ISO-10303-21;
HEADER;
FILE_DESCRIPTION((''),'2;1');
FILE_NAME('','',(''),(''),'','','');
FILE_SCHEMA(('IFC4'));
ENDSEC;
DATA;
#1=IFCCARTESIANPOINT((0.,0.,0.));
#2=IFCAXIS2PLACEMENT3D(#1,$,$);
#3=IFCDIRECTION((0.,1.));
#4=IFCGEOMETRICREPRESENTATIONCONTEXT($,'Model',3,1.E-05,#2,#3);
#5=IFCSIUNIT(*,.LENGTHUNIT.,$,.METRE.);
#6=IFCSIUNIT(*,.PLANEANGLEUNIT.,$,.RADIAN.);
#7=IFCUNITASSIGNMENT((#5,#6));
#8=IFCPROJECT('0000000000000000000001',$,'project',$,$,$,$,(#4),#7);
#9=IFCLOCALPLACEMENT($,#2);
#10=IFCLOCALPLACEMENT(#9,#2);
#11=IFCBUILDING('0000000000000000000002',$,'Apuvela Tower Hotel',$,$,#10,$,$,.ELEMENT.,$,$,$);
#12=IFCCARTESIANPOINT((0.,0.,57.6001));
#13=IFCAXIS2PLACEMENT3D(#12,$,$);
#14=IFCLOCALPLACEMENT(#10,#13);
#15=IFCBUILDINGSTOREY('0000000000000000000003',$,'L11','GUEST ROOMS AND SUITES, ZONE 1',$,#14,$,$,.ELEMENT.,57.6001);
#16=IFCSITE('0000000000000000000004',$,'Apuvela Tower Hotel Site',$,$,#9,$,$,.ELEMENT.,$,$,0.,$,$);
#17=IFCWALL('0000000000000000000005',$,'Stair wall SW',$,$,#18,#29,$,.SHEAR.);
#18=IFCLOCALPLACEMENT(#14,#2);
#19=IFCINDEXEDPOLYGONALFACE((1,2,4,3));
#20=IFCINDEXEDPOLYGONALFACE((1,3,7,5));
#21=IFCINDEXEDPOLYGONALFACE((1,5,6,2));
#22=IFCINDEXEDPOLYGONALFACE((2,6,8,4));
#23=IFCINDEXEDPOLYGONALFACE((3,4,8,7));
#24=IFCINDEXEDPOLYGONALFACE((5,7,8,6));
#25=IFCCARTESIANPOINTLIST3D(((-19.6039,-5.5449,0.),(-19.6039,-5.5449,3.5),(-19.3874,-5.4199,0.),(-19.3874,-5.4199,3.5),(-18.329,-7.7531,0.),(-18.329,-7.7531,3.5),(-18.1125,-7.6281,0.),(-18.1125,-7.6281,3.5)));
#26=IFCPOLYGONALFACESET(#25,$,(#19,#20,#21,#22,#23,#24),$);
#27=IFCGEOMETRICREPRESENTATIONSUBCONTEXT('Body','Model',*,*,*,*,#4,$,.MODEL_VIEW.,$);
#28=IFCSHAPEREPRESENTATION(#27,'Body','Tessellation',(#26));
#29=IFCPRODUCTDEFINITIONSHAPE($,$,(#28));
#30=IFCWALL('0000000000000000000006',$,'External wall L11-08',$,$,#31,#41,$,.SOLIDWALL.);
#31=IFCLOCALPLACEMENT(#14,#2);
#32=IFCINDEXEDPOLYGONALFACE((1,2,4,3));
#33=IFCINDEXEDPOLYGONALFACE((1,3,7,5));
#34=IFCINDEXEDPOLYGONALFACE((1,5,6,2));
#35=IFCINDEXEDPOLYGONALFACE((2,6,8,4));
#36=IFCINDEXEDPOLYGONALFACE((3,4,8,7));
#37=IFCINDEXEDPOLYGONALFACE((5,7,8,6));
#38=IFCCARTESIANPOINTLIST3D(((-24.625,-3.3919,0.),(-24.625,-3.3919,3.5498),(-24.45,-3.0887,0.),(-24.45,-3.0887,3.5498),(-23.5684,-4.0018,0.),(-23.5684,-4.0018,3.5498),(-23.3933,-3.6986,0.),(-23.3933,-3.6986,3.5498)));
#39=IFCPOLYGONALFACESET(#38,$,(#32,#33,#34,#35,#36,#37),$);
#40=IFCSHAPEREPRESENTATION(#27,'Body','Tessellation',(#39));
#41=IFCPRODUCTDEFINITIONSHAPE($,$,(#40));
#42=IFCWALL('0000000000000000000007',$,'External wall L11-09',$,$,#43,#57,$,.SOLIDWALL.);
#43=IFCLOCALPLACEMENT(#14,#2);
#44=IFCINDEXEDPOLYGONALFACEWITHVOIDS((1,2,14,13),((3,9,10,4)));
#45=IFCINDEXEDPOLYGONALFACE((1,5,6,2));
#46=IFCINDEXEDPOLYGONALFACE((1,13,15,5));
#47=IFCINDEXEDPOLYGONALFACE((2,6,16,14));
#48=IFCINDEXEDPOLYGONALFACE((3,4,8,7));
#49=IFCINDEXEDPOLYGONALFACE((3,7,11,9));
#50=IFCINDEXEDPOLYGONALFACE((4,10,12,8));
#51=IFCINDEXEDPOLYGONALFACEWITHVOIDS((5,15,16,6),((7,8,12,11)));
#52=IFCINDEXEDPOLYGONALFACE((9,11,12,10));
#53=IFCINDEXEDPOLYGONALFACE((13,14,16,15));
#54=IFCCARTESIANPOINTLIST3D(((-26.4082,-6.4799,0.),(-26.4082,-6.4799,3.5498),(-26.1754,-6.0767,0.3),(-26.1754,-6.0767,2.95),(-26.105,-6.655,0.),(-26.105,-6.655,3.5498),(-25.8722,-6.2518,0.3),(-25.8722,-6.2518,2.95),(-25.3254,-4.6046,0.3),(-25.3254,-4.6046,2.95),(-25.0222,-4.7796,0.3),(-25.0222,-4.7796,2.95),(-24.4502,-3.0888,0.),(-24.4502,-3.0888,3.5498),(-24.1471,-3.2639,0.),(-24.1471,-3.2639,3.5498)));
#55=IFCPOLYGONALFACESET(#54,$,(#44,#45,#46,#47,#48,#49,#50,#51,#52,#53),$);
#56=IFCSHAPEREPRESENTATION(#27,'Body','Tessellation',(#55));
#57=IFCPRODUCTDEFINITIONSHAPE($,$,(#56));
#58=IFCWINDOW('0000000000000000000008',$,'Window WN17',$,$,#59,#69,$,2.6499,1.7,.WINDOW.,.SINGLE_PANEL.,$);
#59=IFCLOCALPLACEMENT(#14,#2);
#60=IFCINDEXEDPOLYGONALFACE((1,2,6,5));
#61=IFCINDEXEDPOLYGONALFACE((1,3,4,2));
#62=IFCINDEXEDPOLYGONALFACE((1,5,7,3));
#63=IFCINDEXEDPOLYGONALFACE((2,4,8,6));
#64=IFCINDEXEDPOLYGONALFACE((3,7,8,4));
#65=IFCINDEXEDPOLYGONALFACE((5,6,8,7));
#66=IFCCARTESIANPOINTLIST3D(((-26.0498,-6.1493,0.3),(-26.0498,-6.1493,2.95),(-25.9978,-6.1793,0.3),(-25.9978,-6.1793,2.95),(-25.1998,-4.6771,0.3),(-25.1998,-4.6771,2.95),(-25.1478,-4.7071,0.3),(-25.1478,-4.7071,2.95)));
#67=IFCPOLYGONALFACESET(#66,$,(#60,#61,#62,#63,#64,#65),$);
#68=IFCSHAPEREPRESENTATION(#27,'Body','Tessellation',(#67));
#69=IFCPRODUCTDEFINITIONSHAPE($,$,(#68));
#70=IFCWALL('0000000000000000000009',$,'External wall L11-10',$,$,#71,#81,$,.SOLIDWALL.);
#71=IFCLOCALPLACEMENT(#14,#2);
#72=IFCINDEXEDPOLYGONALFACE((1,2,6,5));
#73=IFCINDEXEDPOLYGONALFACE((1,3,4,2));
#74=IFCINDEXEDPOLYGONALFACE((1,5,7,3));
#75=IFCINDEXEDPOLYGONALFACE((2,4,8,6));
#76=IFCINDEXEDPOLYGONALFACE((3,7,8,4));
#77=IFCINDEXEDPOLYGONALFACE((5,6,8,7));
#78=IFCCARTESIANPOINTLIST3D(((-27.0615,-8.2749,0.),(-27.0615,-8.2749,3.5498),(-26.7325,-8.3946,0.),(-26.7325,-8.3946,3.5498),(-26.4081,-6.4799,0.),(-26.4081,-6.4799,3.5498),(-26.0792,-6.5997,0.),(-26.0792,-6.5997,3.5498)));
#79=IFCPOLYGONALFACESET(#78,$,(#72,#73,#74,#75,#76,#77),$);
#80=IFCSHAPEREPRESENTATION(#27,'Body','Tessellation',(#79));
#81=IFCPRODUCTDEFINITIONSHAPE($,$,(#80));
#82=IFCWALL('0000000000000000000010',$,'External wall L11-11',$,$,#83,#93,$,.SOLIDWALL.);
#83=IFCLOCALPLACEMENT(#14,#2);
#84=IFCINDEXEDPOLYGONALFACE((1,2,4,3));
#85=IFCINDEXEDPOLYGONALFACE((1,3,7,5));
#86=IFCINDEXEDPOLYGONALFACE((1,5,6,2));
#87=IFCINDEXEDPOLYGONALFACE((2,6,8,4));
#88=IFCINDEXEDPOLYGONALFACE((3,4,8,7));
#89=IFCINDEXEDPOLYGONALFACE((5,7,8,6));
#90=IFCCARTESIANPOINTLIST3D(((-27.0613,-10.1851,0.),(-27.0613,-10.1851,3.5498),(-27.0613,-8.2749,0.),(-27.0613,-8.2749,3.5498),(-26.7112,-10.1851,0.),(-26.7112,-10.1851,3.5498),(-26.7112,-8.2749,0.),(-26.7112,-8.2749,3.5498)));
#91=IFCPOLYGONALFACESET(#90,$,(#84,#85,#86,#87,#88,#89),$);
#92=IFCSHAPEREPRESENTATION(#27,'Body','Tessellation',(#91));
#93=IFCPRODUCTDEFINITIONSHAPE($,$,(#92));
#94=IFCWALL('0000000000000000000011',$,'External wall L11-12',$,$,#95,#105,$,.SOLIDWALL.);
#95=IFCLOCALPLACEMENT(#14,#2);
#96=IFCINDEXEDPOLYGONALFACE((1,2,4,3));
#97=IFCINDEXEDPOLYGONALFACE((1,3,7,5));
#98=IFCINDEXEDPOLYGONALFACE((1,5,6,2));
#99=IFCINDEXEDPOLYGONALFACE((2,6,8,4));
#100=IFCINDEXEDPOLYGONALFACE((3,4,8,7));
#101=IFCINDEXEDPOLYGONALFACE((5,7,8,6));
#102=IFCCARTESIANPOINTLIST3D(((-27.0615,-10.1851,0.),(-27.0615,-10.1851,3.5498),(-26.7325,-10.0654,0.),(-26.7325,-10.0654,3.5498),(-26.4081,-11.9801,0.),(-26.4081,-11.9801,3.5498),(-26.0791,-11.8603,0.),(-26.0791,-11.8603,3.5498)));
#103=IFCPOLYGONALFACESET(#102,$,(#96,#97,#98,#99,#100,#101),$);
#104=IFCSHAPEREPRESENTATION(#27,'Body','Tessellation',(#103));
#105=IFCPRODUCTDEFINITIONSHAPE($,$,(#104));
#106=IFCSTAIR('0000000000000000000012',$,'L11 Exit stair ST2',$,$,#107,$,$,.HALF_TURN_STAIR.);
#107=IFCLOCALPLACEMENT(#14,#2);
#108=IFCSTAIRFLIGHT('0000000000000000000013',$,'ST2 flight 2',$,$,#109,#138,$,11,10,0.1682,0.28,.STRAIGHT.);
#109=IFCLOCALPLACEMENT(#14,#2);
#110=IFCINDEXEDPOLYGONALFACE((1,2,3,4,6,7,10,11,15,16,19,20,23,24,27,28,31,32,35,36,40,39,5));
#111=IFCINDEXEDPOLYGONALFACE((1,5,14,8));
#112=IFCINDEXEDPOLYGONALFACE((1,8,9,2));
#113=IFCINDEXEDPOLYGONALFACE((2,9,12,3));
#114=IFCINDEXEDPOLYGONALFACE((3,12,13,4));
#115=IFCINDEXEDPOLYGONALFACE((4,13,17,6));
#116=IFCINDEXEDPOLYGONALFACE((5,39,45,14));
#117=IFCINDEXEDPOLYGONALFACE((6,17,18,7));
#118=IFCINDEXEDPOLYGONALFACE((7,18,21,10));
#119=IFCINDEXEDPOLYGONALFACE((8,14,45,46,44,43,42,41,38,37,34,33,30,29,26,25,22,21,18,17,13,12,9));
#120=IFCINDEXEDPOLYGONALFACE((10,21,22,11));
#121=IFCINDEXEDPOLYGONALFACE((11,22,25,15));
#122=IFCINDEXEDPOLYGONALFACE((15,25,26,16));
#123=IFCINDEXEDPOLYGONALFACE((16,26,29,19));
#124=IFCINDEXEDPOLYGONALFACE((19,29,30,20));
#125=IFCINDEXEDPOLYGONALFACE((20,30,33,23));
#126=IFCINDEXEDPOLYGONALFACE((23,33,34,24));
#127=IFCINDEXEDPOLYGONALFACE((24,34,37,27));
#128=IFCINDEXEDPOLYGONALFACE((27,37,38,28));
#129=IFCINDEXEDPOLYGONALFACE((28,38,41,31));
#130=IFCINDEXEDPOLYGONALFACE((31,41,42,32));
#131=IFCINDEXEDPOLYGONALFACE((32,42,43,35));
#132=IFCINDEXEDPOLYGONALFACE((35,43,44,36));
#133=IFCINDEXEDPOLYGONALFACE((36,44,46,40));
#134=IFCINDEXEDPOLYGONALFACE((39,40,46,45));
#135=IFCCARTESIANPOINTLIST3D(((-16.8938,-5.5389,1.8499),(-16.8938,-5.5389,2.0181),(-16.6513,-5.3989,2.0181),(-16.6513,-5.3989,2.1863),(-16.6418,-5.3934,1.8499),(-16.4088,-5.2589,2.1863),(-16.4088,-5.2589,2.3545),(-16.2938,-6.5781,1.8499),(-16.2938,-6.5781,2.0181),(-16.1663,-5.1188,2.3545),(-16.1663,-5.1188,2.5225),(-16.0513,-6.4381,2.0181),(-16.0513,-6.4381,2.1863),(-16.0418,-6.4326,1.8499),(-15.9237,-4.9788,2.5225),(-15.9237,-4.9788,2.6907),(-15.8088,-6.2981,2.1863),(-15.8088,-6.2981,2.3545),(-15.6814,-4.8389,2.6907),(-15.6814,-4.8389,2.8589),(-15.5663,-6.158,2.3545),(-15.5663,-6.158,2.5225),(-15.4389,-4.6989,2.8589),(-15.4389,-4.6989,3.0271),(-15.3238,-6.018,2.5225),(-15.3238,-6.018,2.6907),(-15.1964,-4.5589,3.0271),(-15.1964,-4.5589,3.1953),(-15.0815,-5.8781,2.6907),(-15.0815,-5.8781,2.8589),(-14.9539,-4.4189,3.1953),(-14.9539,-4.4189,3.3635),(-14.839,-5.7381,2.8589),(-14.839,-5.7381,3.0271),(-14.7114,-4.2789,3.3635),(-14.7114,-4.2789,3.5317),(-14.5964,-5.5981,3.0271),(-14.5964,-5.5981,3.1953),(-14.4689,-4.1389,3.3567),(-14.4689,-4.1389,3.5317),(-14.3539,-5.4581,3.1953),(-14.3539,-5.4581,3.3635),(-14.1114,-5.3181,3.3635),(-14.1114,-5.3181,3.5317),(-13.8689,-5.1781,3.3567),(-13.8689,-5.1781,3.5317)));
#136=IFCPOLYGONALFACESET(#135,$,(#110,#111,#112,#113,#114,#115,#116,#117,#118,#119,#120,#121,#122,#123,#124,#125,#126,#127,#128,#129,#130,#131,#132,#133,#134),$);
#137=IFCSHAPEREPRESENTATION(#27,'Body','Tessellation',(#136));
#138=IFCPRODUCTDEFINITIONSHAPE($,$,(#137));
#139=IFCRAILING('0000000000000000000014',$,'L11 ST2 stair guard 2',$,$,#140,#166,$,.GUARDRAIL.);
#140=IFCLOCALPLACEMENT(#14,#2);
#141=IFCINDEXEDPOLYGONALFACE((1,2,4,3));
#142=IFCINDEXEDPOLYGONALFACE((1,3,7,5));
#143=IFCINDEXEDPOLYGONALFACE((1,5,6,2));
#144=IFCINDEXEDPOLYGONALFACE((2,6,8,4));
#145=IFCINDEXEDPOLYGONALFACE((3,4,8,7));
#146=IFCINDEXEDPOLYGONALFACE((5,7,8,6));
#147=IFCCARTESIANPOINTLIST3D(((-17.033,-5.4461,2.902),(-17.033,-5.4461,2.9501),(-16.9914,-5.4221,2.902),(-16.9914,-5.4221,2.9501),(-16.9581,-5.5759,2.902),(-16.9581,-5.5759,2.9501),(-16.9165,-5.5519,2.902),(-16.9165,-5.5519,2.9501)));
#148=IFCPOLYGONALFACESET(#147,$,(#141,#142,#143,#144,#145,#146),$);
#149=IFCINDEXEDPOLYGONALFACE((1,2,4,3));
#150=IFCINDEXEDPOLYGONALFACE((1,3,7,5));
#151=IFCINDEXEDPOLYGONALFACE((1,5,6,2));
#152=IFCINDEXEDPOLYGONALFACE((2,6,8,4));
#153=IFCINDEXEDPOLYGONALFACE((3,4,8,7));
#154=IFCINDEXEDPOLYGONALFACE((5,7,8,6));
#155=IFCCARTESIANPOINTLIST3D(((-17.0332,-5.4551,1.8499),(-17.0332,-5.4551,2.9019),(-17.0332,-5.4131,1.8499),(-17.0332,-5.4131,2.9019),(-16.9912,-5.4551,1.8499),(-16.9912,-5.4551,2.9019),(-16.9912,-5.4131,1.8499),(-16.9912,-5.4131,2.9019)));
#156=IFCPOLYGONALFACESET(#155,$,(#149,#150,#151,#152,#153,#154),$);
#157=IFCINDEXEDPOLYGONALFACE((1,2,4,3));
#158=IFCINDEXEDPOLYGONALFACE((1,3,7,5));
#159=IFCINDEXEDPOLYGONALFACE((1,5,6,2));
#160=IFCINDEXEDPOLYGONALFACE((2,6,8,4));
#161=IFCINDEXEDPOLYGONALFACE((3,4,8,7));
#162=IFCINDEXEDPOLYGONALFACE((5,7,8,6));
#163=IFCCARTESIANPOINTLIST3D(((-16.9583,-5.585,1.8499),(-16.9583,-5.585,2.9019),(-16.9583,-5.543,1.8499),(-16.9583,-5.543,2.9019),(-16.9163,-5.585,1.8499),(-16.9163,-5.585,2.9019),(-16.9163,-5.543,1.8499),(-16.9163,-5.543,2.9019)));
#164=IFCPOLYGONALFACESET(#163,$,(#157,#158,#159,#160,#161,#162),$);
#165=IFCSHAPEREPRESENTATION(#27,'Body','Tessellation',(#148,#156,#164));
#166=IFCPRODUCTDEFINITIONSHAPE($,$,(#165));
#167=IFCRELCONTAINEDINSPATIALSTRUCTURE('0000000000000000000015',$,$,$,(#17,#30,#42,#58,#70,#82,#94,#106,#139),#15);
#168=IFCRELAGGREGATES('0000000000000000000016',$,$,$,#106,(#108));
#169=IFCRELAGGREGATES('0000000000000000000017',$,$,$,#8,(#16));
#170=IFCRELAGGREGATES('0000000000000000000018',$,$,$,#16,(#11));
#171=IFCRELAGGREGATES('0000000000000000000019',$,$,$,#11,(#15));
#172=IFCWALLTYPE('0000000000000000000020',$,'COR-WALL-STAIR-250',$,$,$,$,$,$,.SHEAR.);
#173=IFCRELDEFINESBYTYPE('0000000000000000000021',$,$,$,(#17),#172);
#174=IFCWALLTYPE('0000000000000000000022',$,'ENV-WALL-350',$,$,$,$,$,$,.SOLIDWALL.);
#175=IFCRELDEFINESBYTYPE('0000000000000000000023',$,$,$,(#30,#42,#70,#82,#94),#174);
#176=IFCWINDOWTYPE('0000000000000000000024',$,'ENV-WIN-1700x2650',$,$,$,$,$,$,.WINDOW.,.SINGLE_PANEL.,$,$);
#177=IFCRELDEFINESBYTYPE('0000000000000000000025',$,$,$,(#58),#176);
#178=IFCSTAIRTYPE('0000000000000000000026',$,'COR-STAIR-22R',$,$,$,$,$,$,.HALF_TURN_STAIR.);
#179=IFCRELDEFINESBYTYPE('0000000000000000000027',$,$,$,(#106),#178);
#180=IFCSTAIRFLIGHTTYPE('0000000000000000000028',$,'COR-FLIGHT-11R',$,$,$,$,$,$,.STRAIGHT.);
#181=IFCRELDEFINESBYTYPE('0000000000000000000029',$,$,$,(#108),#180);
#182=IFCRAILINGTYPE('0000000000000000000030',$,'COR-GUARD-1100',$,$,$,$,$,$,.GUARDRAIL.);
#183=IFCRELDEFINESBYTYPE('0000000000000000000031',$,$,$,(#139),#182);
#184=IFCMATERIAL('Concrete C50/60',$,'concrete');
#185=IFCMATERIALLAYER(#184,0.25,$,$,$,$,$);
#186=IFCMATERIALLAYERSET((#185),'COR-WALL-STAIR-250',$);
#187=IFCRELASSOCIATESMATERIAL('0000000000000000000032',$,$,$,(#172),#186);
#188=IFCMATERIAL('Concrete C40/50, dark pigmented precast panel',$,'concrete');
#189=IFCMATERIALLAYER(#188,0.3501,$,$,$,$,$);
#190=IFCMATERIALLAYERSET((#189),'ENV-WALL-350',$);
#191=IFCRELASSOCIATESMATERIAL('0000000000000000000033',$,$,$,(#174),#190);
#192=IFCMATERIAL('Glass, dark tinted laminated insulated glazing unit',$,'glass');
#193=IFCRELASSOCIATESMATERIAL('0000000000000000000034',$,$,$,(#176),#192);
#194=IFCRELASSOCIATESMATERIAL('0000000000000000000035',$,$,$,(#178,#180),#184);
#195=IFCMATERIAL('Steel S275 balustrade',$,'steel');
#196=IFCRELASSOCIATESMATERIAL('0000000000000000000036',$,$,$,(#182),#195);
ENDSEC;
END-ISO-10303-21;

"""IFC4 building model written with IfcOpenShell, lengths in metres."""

from ifc_helpers import new_model, si_unit, direction, frame, frame_2d, origin, origin_2d, place, context, subcontext, project, spatial, polyline, rectangle, outline, extrude, material, layer, layer_set, type_object, element, fill, aggregate, save


model = new_model("IFC4")

# Units and contexts
model_context = context("Model", 3, precision=1e-05, world=origin(), true_north=direction((0.0, 1.0)))
body_context = subcontext(model_context, "Body", "Model", "MODEL_VIEW")
ifc_project = project(units=[si_unit("LENGTHUNIT", "METRE"), si_unit("PLANEANGLEUNIT", "RADIAN")], contexts=[model_context])

# Site, building, storey
site_placement = place(None, origin())
site = spatial("IfcSite", under=ifc_project, at=site_placement, Name="Apuvela Tower Hotel Site", CompositionType="ELEMENT", RefElevation=0.0)
building_placement = place(site_placement, origin())
building = spatial("IfcBuilding", under=site, at=building_placement, Name="Apuvela Tower Hotel", CompositionType="ELEMENT")
storey_placement = place(building_placement, frame((0.0, 0.0, 57.6001)))
storey = spatial("IfcBuildingStorey", under=building, at=storey_placement, Name="L11", Description="GUEST ROOMS AND SUITES, ZONE 1", CompositionType="ELEMENT", Elevation=57.6001)

# Walls
ifc_material_1 = material(Name="Concrete C50/60", Category="concrete")
ifc_layer_1 = layer(ifc_material_1, 0.25)
ifc_layer_set_1 = layer_set([ifc_layer_1], Name="COR-WALL-STAIR-250")
wall_type_1 = type_object("IfcWallType", Name="COR-WALL-STAIR-250", PredefinedType="SHEAR", material=ifc_layer_set_1)
wall_1_placement = place(storey_placement, frame((-19.4956, -5.4824, 0.0), z_axis=(0.0, 0.0, 1.0), x_axis=(0.49999, -0.866031, 0.0)))
element("IfcWall", 1, at=wall_1_placement, inside=storey, type_object=wall_type_1, Name="Stair wall SW", PredefinedType="SHEAR", context=body_context, shape_type="SweptSolid", body=[
    extrude(rectangle(XDim=2.5498, YDim=0.25, at=frame_2d((1.2749, 0.0))), origin(), (0.0, 0.0, 1.0), 3.5),
])
ifc_material_2 = material(Name="Concrete C40/50, dark pigmented precast panel", Category="concrete")
ifc_layer_2 = layer(ifc_material_2, 0.3501)
ifc_layer_set_2 = layer_set([ifc_layer_2], Name="ENV-WALL-350")
wall_type_2 = type_object("IfcWallType", Name="ENV-WALL-350", PredefinedType="SOLIDWALL", material=ifc_layer_set_2)
wall_2_placement = place(storey_placement, frame((-23.481, -3.8501, 0.0), z_axis=(0.0, 0.0, 1.0), x_axis=(-0.866092, 0.499884, 0.0)))
element("IfcWall", 2, at=wall_2_placement, inside=storey, type_object=wall_type_2, Name="External wall L11-08", PredefinedType="SOLIDWALL", context=body_context, shape_type="SweptSolid", body=[
    extrude(rectangle(XDim=1.22, YDim=0.3501, at=frame_2d((0.6099, 0.0))), origin(), (0.0, 0.0, 1.0), 3.5498),
])

# Wall, opening, window
wall_3_placement = place(storey_placement, frame((-24.2986, -3.1763, 0.0), z_axis=(0.0, 0.0, 1.0), x_axis=(-0.500028, -0.866009, 0.0)))
wall_3 = element("IfcWall", 3, at=wall_3_placement, inside=storey, type_object=wall_type_2, Name="External wall L11-09", PredefinedType="SOLIDWALL", context=body_context, shape_type="SweptSolid", body=[
    extrude(rectangle(XDim=3.9158, YDim=0.3501, at=frame_2d((1.958, 0.0))), origin(), (0.0, 0.0, 1.0), 3.5498),
])
opening_1_placement = place(wall_3_placement, frame((1.7502, 0.0, 0.3)))
opening_1 = element("IfcOpeningElement", 4, at=opening_1_placement, cuts=wall_3, PredefinedType="OPENING", context=body_context, shape_type="SweptSolid", body=[
    extrude(rectangle(XDim=1.7, YDim=2.6499, at=frame_2d((0.8501, 1.325))), frame((0.0, 0.1851, 0.0), z_axis=(0.0, -1.0, 0.0), x_axis=(1.0, 0.0, 0.0)), (0.0, 0.0, 1.0), 0.3701),
])
ifc_material_3 = material(Name="Glass, dark tinted laminated insulated glazing unit", Category="glass")
window_type = type_object("IfcWindowType", Name="ENV-WIN-1700x2650", PartitioningType="SINGLE_PANEL", PredefinedType="WINDOW", material=ifc_material_3)
window_placement = place(opening_1_placement, origin())
window = element("IfcWindow", 5, at=window_placement, inside=storey, type_object=window_type, Name="Window WN17", OverallHeight=2.6499, OverallWidth=1.7, PartitioningType="SINGLE_PANEL", PredefinedType="WINDOW", context=body_context, shape_type="SweptSolid", body=[
    extrude(rectangle(XDim=1.7, YDim=2.6499, at=frame_2d((0.8501, 1.325))), frame((0.0, 0.03, 0.0), z_axis=(0.0, -1.0, 0.0), x_axis=(1.0, 0.0, 0.0)), (0.0, 0.0, 1.0), 0.0601),
])
fill(opening_1, window)

# Walls
for number, where, z_axis, x_axis, name in (
    (6, (-26.2437, -6.5398, 0.0), (0.0, 0.0, 1.0), (-0.34203, -0.939689, 0.0), "External wall L11-10"),
    (7, (-26.8862, -8.2749, 0.0), (0.0, 0.0, 1.0), (0.0, -1.0, 0.0), "External wall L11-11"),
    (8, (-26.897, -10.1252, 0.0), (0.0, 0.0, 1.0), (0.34203, -0.939689, 0.0), "External wall L11-12"),
):
    element("IfcWall", number, at=place(storey_placement, frame(where, z_axis=z_axis, x_axis=x_axis)), inside=storey, type_object=wall_type_2, Name=name, PredefinedType="SOLIDWALL", context=body_context, shape_type="SweptSolid", body=[
        extrude(rectangle(XDim=1.9102, YDim=0.3501, at=frame_2d((0.9551, 0.0))), origin(), (0.0, 0.0, 1.0), 3.5498),
    ])

# Stair, stair flight
stair_type = type_object("IfcStairType", Name="COR-STAIR-22R", PredefinedType="HALF_TURN_STAIR", material=ifc_material_1)
stair_placement = place(storey_placement, origin())
stair = element("IfcStair", 9, at=stair_placement, inside=storey, type_object=stair_type, Name="L11 Exit stair ST2", PredefinedType="HALF_TURN_STAIR")
stair_flight_type = type_object("IfcStairFlightType", Name="COR-FLIGHT-11R", PredefinedType="STRAIGHT", material=ifc_material_1)
stair_flight_placement = place(storey_placement, frame((-16.5938, -6.0586, 1.8499), z_axis=(0.0, 0.0, 1.0), x_axis=(0.866025, 0.5, 0.0)))
stair_flight = element("IfcStairFlight", 10, at=stair_flight_placement, type_object=stair_flight_type, Name="ST2 flight 2", NumberOfRisers=11, NumberOfTreads=10, PredefinedType="STRAIGHT", RiserHeight=0.1682, TreadLength=0.28, context=body_context, shape_type="SweptSolid", body=[
    extrude(outline(polyline([(0.0, 0.0), (0.0, 0.1682), (0.28, 0.1682), (0.28, 0.3364), (0.5601, 0.3364), (0.5601, 0.5046), (0.8401, 0.5046), (0.8401, 0.6726), (1.1201, 0.6726), (1.1201, 0.8408), (1.3999, 0.8408), (1.3999, 1.009), (1.6799, 1.009), (1.6799, 1.1772), (1.96, 1.1772), (1.96, 1.3455), (2.24, 1.3455), (2.24, 1.5137), (2.52, 1.5137), (2.52, 1.6819), (2.8, 1.6819), (2.8, 1.8501), (2.8, 1.5068), (0.291, 0.0), (0.0, 0.0)])), frame((0.0, 0.6001, 0.0), z_axis=(0.0, -1.0, 0.0), x_axis=(1.0, 0.0, 0.0)), (0.0, 0.0, 1.0), 1.2),
])
aggregate(stair, [stair_flight])

# Railing
ifc_material_4 = material(Name="Steel S275 balustrade", Category="steel")
railing_type_1 = type_object("IfcRailingType", Name="COR-GUARD-1100", PredefinedType="GUARDRAIL", material=ifc_material_4)
railing_1_placement = place(storey_placement, frame((-17.0122, -5.4341, 1.8499)))
element("IfcRailing", 11, at=railing_1_placement, inside=storey, type_object=railing_type_1, Name="L11 ST2 stair guard 2", PredefinedType="GUARDRAIL", context=body_context, shape_type="SweptSolid", body=[
    extrude(rectangle(XDim=0.0481, YDim=0.0481, at=origin_2d()), frame((0.0, 0.0, 1.0762), z_axis=(0.499816, -0.866131, 0.0), x_axis=(0.866131, 0.499816, 0.0)), (0.0, 0.0, 1.0), 0.1499),
    extrude(rectangle(XDim=0.042, YDim=0.042, at=origin_2d()), origin(), (0.0, 0.0, 1.0), 1.052),
    extrude(rectangle(XDim=0.042, YDim=0.042, at=origin_2d()), frame((0.075, -0.1299, 0.0)), (0.0, 0.0, 1.0), 1.052),
])

save(model, "model.ifc")
